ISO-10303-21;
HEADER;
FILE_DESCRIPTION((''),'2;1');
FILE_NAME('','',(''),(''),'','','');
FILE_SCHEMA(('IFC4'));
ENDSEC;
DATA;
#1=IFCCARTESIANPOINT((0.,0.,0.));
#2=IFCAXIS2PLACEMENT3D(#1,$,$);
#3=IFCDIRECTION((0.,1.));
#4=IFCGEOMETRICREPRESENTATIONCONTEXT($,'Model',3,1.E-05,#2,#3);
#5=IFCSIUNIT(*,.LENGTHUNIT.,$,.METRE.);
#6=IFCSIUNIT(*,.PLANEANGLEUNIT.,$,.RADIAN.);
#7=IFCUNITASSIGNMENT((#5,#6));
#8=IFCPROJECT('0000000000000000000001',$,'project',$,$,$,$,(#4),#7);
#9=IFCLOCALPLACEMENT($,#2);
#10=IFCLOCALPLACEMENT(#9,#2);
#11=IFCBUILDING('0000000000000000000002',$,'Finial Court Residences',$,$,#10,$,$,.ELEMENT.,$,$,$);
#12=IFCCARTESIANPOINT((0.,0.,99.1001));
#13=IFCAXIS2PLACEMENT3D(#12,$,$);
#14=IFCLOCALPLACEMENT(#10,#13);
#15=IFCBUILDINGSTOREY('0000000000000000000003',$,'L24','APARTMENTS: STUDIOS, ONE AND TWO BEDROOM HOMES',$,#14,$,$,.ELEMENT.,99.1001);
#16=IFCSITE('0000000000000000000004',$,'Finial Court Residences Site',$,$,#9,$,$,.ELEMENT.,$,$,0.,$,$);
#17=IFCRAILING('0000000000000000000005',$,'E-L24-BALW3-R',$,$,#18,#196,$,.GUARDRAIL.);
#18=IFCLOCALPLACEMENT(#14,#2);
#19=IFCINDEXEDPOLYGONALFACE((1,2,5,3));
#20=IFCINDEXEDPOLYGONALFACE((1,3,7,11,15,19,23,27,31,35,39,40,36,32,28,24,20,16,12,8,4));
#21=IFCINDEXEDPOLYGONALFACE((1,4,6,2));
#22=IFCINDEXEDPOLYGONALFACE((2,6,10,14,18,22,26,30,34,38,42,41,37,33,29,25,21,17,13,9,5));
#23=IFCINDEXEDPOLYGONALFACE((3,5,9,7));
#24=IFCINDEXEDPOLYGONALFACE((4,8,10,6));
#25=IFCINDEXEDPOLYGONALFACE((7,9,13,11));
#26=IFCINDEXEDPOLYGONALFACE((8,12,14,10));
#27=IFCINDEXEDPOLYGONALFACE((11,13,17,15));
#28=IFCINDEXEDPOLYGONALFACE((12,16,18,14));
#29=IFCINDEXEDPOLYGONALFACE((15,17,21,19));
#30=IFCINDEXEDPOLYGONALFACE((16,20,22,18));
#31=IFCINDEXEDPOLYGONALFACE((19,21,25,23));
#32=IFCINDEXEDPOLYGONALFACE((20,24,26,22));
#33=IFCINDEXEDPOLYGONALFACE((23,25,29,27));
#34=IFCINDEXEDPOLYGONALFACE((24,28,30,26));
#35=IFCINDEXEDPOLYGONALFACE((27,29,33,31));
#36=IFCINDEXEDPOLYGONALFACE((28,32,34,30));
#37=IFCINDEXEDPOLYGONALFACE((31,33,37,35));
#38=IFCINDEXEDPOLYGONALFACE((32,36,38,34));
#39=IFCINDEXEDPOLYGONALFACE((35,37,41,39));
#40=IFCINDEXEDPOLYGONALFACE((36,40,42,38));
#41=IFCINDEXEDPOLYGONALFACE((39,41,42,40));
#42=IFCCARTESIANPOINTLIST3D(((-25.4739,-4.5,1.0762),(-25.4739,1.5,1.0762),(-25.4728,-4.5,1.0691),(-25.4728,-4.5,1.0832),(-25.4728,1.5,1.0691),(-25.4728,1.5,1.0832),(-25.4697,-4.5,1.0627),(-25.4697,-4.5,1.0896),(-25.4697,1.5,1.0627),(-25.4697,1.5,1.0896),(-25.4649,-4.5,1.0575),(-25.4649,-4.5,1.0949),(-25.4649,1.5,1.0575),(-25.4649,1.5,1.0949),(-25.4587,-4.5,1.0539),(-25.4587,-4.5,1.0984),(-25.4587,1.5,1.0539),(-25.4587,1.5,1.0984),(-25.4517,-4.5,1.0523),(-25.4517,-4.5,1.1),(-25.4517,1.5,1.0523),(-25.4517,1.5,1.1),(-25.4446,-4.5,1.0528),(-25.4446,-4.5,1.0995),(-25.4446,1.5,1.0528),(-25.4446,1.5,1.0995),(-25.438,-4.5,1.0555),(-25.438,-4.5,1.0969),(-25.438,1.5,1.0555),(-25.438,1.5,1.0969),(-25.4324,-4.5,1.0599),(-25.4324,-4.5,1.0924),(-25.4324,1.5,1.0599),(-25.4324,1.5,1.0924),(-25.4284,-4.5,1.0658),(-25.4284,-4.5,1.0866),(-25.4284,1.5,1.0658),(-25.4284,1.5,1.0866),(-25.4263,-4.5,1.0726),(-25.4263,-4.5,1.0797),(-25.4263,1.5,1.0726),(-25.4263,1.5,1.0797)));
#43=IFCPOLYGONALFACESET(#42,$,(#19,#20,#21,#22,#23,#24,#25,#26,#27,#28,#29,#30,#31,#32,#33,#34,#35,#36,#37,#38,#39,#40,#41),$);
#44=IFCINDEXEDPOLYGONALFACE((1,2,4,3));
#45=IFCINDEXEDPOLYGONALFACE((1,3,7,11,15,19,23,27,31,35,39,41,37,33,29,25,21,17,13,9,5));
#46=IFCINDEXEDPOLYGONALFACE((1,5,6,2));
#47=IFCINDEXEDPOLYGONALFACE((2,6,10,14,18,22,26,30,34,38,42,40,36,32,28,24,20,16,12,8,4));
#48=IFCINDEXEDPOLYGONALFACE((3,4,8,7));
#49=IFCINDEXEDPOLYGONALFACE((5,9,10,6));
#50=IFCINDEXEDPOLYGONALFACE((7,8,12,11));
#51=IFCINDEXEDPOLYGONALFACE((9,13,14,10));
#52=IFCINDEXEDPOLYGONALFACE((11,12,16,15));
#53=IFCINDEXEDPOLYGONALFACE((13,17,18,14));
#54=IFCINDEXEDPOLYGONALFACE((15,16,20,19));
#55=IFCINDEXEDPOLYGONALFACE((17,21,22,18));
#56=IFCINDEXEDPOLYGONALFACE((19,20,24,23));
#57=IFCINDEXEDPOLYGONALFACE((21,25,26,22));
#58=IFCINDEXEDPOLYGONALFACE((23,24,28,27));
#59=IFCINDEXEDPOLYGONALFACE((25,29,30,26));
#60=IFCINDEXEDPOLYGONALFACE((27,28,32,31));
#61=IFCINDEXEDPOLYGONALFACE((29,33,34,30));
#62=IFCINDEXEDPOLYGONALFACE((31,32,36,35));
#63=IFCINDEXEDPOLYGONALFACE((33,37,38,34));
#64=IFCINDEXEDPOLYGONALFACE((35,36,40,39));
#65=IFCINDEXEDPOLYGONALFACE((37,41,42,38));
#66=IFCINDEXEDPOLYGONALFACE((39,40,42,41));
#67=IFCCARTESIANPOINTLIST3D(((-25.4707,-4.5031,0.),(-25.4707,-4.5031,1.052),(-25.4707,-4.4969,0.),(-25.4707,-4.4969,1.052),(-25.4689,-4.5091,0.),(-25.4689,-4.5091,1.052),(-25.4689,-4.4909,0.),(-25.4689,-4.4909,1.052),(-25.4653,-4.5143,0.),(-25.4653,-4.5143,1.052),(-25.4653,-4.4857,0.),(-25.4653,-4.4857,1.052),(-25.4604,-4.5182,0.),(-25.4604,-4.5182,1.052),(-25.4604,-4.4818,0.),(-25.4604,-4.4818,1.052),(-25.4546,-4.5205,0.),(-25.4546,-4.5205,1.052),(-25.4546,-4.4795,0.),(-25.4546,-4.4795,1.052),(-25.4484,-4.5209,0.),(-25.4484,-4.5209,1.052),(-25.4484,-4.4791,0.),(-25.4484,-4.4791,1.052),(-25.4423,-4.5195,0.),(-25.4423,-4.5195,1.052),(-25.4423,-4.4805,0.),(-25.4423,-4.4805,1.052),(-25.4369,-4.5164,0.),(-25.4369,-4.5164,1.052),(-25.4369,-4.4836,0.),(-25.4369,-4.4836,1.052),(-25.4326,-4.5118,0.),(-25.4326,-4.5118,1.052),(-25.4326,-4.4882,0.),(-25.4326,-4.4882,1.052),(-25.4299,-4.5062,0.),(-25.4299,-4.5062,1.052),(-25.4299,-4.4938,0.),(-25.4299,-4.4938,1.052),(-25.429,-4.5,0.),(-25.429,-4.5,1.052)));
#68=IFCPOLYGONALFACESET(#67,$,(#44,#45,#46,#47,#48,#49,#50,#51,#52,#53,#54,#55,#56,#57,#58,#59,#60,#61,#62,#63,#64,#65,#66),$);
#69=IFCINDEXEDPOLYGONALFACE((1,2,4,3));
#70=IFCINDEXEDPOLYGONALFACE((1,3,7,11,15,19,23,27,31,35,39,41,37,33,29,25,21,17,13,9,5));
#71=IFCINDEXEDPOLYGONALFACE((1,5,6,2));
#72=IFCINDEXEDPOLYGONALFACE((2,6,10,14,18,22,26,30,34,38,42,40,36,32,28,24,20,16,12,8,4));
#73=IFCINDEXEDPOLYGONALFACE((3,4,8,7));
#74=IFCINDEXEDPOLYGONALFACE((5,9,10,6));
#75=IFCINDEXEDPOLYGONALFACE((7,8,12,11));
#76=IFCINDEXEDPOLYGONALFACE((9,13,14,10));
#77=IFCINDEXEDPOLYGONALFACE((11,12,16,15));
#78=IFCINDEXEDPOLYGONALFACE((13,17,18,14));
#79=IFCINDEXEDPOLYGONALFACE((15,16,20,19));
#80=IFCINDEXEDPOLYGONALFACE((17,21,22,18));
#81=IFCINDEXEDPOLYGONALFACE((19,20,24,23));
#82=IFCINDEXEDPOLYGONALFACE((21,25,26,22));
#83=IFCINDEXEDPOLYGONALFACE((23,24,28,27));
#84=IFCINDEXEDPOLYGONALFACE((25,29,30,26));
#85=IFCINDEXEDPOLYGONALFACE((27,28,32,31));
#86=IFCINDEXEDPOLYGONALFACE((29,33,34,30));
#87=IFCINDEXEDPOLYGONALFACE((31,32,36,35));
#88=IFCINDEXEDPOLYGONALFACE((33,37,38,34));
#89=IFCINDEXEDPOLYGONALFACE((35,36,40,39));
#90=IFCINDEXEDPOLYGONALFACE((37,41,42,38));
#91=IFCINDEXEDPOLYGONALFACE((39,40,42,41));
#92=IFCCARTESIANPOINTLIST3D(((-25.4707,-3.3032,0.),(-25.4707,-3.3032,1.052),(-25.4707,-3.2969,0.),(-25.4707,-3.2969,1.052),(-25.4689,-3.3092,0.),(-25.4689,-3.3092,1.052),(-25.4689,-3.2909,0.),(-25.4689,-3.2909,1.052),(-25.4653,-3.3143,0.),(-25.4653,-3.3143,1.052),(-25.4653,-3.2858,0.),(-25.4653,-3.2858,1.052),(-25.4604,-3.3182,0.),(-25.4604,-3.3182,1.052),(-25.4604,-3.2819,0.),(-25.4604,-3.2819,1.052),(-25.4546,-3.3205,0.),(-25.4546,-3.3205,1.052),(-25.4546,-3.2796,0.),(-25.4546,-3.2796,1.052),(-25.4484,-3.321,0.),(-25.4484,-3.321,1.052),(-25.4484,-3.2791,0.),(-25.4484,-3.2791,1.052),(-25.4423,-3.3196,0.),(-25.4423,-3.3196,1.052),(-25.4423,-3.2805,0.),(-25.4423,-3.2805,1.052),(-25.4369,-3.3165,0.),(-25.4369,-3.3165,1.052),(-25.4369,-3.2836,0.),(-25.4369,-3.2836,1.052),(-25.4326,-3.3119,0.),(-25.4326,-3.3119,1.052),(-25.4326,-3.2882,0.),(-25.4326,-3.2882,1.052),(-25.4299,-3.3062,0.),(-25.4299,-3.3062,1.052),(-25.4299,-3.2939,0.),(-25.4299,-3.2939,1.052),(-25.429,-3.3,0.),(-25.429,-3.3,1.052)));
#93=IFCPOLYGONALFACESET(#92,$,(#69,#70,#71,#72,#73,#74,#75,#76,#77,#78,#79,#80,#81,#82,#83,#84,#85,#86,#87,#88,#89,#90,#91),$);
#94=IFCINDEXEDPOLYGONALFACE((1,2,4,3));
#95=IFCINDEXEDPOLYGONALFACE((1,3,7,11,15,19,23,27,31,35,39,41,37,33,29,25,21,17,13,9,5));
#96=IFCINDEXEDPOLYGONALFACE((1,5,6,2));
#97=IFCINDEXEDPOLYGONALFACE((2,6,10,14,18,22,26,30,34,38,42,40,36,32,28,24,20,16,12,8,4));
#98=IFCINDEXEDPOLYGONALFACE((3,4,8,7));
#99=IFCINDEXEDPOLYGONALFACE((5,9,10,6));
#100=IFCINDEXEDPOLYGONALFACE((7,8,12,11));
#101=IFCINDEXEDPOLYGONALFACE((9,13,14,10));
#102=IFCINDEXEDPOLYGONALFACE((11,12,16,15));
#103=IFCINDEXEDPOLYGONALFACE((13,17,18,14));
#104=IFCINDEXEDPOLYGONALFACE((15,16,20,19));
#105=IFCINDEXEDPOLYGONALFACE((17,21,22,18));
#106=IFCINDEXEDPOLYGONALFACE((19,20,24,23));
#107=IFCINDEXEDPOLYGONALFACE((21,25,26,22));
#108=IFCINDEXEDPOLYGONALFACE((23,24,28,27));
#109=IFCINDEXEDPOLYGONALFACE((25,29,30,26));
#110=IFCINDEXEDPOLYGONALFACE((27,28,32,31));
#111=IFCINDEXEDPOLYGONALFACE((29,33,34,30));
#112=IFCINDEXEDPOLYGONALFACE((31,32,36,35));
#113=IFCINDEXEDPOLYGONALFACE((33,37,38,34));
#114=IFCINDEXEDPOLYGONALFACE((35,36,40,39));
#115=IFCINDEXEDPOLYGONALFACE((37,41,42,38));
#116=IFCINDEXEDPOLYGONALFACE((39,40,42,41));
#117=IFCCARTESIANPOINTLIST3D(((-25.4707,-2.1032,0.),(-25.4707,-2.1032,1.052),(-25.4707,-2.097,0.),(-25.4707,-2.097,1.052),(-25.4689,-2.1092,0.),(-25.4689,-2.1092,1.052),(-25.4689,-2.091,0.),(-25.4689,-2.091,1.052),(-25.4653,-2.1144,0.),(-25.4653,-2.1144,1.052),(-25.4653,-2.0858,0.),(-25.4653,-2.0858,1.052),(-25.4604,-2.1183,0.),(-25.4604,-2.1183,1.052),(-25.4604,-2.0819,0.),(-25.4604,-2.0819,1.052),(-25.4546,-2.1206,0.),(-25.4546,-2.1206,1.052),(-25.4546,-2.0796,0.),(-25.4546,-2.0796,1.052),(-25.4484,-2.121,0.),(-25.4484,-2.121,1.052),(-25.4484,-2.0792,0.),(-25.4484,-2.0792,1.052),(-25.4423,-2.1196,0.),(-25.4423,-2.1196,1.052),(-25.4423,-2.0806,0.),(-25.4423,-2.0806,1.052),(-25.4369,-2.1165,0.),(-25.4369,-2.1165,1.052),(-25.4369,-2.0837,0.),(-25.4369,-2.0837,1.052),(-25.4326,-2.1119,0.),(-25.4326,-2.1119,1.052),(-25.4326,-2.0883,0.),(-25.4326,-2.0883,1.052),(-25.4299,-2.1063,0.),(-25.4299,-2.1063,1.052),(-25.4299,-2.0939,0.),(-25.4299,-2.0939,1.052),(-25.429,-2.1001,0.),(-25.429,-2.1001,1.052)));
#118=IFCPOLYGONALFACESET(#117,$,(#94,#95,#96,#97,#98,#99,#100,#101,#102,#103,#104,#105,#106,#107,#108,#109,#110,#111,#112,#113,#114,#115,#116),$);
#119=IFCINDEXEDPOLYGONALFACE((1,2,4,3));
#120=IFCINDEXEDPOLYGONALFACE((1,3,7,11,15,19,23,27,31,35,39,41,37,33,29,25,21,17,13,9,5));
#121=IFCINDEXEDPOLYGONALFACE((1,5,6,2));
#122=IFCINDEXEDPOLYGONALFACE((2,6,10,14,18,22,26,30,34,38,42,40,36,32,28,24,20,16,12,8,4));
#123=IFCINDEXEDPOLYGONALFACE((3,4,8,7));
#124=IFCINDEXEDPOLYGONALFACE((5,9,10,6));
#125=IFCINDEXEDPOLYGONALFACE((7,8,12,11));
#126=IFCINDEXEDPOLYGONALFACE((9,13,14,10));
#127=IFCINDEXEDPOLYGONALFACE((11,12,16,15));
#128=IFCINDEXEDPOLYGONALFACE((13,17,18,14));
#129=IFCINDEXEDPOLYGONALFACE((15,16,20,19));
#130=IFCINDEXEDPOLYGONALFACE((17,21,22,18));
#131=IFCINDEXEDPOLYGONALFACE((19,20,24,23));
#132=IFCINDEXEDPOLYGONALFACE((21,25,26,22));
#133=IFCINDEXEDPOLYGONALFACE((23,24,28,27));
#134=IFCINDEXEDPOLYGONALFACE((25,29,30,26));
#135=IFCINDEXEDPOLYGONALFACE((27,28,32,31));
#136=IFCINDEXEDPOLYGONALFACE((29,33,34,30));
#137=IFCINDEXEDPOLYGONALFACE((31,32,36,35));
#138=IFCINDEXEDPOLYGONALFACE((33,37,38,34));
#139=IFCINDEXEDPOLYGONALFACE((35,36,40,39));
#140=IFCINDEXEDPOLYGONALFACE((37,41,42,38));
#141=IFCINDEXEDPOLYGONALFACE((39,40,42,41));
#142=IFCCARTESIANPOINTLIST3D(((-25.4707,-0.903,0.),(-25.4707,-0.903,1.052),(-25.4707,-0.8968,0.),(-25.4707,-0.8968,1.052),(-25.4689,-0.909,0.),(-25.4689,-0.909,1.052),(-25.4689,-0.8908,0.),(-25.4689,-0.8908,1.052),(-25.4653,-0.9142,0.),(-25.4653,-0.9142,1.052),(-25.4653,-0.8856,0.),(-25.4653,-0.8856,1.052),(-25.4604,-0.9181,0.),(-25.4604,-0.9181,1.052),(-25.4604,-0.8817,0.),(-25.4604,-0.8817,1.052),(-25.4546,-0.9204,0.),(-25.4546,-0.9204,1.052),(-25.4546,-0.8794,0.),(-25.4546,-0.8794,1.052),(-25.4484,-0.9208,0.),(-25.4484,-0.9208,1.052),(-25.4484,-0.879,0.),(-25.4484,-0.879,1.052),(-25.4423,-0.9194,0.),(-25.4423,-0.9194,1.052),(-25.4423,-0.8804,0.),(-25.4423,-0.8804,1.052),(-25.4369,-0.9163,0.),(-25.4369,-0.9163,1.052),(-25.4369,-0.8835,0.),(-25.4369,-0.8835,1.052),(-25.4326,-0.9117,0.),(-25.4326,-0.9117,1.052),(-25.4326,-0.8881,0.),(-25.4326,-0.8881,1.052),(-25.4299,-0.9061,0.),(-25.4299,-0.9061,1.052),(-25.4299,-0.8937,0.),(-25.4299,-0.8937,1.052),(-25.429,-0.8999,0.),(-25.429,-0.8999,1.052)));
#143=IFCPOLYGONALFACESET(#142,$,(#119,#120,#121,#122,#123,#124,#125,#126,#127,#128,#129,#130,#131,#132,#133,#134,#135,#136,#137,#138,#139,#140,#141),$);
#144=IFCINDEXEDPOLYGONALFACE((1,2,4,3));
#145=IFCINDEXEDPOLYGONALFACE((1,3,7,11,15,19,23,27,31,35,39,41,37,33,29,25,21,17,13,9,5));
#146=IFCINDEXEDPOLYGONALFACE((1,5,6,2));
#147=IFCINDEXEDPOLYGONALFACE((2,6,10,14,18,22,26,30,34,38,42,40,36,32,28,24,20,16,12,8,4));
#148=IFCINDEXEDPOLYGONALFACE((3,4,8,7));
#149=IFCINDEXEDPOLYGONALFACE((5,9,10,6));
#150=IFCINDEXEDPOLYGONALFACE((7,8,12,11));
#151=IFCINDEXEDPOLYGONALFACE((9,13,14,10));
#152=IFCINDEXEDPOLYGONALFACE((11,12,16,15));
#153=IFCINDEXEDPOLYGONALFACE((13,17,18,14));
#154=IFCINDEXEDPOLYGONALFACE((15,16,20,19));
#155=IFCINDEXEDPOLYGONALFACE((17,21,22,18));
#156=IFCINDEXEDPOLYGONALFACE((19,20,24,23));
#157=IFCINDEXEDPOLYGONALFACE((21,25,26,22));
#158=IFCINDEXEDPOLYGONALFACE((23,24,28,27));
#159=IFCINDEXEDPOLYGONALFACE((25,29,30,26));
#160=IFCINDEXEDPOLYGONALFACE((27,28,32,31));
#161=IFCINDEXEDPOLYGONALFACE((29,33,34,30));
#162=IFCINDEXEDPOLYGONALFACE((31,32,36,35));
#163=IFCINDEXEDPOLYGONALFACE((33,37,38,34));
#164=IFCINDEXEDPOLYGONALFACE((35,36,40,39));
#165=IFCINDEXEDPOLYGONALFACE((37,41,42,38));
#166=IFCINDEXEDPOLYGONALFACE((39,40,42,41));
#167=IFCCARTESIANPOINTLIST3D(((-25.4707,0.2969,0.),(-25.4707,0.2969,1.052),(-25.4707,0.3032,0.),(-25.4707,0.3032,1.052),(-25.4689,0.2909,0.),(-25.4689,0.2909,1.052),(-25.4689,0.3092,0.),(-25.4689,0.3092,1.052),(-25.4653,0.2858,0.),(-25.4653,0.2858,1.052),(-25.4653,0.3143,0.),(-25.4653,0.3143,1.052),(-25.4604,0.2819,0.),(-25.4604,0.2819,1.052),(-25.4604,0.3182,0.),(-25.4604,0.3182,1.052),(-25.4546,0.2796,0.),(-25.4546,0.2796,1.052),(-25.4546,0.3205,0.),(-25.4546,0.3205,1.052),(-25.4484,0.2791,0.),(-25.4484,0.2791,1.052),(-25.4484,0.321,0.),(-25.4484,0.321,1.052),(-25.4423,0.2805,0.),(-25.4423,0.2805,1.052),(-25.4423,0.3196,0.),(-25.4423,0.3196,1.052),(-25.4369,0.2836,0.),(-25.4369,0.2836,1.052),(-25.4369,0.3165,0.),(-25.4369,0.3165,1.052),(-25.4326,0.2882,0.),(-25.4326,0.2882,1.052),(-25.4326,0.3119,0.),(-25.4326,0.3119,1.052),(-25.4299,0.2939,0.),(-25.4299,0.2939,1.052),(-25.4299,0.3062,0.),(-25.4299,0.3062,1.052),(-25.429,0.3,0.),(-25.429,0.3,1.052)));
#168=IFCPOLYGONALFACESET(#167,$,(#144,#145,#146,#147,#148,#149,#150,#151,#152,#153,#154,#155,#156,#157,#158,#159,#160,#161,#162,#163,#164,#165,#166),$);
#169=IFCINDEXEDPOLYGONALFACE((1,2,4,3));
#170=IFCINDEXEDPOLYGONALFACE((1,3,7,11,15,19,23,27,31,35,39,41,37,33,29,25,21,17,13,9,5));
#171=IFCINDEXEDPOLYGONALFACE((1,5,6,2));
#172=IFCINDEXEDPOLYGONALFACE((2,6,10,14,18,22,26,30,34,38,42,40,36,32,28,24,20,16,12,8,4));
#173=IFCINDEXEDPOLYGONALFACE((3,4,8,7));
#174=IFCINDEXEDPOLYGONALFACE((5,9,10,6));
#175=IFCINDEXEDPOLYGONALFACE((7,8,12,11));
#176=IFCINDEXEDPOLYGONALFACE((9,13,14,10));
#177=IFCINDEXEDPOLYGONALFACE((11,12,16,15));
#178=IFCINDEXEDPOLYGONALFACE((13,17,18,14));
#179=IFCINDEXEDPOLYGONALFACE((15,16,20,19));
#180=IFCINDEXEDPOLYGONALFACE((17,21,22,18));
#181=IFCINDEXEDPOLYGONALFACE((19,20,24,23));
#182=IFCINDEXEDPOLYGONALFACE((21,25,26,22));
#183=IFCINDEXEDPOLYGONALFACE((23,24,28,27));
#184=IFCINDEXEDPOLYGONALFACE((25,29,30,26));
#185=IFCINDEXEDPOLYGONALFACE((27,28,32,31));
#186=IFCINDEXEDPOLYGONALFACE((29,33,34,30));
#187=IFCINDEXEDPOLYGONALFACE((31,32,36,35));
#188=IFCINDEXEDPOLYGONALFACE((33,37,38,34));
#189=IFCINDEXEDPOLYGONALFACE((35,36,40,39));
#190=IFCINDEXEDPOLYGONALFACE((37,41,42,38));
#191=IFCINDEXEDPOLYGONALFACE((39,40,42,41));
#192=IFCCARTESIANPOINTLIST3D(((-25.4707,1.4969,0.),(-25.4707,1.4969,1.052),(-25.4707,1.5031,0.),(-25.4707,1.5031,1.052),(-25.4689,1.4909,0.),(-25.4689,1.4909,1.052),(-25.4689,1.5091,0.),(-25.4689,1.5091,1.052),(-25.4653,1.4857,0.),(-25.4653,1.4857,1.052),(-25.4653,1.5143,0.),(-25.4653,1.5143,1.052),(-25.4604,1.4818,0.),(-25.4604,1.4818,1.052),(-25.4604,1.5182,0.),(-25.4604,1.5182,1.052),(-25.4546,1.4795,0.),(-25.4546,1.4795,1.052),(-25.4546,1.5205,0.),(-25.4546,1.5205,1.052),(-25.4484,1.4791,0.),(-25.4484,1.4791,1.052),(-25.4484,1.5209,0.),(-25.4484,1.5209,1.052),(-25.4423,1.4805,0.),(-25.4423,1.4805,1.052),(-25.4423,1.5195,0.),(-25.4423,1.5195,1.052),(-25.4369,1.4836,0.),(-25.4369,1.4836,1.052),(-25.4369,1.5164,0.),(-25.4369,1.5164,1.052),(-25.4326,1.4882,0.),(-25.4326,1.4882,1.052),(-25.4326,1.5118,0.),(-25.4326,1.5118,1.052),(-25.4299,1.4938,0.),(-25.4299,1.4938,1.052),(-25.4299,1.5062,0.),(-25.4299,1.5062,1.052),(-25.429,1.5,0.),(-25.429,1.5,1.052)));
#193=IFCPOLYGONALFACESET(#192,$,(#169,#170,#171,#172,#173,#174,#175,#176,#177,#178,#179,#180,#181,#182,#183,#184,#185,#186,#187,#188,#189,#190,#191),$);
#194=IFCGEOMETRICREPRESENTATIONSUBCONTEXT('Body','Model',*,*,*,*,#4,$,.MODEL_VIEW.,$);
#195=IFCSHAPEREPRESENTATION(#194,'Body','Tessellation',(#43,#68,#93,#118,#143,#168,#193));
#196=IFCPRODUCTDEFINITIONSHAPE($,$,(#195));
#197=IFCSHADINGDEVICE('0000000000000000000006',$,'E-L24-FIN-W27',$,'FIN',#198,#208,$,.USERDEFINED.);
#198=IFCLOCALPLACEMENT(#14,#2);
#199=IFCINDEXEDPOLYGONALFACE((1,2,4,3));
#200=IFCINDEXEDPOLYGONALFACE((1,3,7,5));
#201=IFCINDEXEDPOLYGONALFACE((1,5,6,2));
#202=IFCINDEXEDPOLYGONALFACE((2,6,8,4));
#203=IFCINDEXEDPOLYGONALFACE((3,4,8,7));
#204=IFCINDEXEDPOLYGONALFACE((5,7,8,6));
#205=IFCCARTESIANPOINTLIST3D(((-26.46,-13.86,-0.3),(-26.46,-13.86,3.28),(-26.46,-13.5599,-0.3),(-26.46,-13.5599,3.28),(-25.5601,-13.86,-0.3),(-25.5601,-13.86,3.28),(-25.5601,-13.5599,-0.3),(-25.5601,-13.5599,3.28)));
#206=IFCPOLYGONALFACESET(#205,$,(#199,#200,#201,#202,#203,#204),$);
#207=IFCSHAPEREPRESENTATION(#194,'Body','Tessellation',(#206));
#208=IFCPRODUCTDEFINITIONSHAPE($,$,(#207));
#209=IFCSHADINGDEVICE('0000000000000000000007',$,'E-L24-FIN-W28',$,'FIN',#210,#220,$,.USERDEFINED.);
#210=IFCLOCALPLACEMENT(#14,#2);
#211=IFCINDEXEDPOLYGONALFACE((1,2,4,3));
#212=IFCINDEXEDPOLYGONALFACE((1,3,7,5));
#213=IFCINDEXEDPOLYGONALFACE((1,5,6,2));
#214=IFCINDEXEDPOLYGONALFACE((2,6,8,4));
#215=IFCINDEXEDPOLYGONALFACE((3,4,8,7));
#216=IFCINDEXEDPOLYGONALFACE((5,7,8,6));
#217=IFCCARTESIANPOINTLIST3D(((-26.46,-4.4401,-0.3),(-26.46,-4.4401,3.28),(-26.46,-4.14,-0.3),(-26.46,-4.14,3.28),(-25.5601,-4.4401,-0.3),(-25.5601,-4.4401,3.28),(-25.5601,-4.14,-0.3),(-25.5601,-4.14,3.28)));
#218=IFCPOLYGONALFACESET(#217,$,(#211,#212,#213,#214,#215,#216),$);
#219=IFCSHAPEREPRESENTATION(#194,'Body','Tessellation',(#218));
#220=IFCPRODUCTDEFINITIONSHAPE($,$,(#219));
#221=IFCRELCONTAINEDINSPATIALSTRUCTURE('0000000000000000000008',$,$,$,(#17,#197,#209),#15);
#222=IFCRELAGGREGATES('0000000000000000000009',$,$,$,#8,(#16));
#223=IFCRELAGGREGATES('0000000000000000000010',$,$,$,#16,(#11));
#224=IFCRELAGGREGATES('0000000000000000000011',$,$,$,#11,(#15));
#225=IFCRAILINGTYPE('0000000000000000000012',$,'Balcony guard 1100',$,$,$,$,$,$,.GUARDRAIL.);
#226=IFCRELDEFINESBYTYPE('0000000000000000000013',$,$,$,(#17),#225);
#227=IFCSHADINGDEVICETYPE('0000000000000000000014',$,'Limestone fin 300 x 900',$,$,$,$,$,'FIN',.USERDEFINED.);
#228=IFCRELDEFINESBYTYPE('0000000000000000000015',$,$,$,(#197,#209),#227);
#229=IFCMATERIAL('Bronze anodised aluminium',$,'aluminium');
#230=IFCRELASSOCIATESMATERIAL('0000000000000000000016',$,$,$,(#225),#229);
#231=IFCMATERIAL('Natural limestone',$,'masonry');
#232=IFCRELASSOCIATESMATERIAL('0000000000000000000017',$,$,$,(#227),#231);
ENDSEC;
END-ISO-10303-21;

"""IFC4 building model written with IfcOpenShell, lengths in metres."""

from ifc_helpers import new_model, si_unit, direction, frame, origin, origin_2d, place, context, subcontext, project, spatial, rectangle, circle, extrude, material, type_object, element, save


model = new_model("IFC4")

# Units and contexts
model_context = context("Model", 3, precision=1e-05, world=origin(), true_north=direction((0.0, 1.0)))
body_context = subcontext(model_context, "Body", "Model", "MODEL_VIEW")
ifc_project = project(units=[si_unit("LENGTHUNIT", "METRE"), si_unit("PLANEANGLEUNIT", "RADIAN")], contexts=[model_context])

# Site, building, storey
site_placement = place(None, origin())
site = spatial("IfcSite", under=ifc_project, at=site_placement, Name="Finial Court Residences Site", CompositionType="ELEMENT", RefElevation=0.0)
building_placement = place(site_placement, origin())
building = spatial("IfcBuilding", under=site, at=building_placement, Name="Finial Court Residences", CompositionType="ELEMENT")
storey_placement = place(building_placement, frame((0.0, 0.0, 99.1001)))
storey = spatial("IfcBuildingStorey", under=building, at=storey_placement, Name="L24", Description="APARTMENTS: STUDIOS, ONE AND TWO BEDROOM HOMES", CompositionType="ELEMENT", Elevation=99.1001)

# Shared definitions
ifc_material_1 = material(Name="Bronze anodised aluminium", Category="aluminium")

# Shared definitions
ifc_material_2 = material(Name="Natural limestone", Category="masonry")

# Railing
railing_type = type_object("IfcRailingType", Name="Balcony guard 1100", PredefinedType="GUARDRAIL", material=ifc_material_1)
railing_placement = place(storey_placement, frame((-25.45, -4.5, 0.0)))
element("IfcRailing", 1, at=railing_placement, inside=storey, type_object=railing_type, Name="E-L24-BALW3-R", PredefinedType="GUARDRAIL", context=body_context, shape_type="SweptSolid", body=[
    extrude(circle(Radius=0.0239, at=origin_2d()), frame((0.0, 0.0, 1.0762), z_axis=(0.0, 1.0, 0.0), x_axis=(-1.0, 0.0, 0.0)), (0.0, 0.0, 1.0), 6.0),
    extrude(circle(Radius=0.021, at=origin_2d()), origin(), (0.0, 0.0, 1.0), 1.052),
    extrude(circle(Radius=0.021, at=origin_2d()), frame((0.0, 1.2, 0.0)), (0.0, 0.0, 1.0), 1.052),
    extrude(circle(Radius=0.021, at=origin_2d()), frame((0.0, 2.3999, 0.0)), (0.0, 0.0, 1.0), 1.052),
    extrude(circle(Radius=0.021, at=origin_2d()), frame((0.0, 3.6001, 0.0)), (0.0, 0.0, 1.0), 1.052),
    extrude(circle(Radius=0.021, at=origin_2d()), frame((0.0, 4.8, 0.0)), (0.0, 0.0, 1.0), 1.052),
    extrude(circle(Radius=0.021, at=origin_2d()), frame((0.0, 6.0, 0.0)), (0.0, 0.0, 1.0), 1.052),
])

# Shading devices
shading_device_type = type_object("IfcShadingDeviceType", Name="Limestone fin 300 x 900", ElementType="FIN", PredefinedType="USERDEFINED", material=ifc_material_2)
for number, where, z_axis, x_axis, name in (
    (2, (-26.01, -13.71, -0.3), (0.0, 0.0, 1.0), (1.0, 0.0, 0.0), "E-L24-FIN-W27"),
    (3, (-26.01, -4.29, -0.3), (0.0, 0.0, 1.0), (1.0, 0.0, 0.0), "E-L24-FIN-W28"),
):
    element("IfcShadingDevice", number, at=place(storey_placement, frame(where, z_axis=z_axis, x_axis=x_axis)), inside=storey, type_object=shading_device_type, Name=name, ObjectType="FIN", PredefinedType="USERDEFINED", context=body_context, shape_type="SweptSolid", body=[
        extrude(rectangle(XDim=0.8999, YDim=0.3, at=origin_2d()), origin(), (0.0, 0.0, 1.0), 3.5801),
    ])

save(model, "model.ifc")
